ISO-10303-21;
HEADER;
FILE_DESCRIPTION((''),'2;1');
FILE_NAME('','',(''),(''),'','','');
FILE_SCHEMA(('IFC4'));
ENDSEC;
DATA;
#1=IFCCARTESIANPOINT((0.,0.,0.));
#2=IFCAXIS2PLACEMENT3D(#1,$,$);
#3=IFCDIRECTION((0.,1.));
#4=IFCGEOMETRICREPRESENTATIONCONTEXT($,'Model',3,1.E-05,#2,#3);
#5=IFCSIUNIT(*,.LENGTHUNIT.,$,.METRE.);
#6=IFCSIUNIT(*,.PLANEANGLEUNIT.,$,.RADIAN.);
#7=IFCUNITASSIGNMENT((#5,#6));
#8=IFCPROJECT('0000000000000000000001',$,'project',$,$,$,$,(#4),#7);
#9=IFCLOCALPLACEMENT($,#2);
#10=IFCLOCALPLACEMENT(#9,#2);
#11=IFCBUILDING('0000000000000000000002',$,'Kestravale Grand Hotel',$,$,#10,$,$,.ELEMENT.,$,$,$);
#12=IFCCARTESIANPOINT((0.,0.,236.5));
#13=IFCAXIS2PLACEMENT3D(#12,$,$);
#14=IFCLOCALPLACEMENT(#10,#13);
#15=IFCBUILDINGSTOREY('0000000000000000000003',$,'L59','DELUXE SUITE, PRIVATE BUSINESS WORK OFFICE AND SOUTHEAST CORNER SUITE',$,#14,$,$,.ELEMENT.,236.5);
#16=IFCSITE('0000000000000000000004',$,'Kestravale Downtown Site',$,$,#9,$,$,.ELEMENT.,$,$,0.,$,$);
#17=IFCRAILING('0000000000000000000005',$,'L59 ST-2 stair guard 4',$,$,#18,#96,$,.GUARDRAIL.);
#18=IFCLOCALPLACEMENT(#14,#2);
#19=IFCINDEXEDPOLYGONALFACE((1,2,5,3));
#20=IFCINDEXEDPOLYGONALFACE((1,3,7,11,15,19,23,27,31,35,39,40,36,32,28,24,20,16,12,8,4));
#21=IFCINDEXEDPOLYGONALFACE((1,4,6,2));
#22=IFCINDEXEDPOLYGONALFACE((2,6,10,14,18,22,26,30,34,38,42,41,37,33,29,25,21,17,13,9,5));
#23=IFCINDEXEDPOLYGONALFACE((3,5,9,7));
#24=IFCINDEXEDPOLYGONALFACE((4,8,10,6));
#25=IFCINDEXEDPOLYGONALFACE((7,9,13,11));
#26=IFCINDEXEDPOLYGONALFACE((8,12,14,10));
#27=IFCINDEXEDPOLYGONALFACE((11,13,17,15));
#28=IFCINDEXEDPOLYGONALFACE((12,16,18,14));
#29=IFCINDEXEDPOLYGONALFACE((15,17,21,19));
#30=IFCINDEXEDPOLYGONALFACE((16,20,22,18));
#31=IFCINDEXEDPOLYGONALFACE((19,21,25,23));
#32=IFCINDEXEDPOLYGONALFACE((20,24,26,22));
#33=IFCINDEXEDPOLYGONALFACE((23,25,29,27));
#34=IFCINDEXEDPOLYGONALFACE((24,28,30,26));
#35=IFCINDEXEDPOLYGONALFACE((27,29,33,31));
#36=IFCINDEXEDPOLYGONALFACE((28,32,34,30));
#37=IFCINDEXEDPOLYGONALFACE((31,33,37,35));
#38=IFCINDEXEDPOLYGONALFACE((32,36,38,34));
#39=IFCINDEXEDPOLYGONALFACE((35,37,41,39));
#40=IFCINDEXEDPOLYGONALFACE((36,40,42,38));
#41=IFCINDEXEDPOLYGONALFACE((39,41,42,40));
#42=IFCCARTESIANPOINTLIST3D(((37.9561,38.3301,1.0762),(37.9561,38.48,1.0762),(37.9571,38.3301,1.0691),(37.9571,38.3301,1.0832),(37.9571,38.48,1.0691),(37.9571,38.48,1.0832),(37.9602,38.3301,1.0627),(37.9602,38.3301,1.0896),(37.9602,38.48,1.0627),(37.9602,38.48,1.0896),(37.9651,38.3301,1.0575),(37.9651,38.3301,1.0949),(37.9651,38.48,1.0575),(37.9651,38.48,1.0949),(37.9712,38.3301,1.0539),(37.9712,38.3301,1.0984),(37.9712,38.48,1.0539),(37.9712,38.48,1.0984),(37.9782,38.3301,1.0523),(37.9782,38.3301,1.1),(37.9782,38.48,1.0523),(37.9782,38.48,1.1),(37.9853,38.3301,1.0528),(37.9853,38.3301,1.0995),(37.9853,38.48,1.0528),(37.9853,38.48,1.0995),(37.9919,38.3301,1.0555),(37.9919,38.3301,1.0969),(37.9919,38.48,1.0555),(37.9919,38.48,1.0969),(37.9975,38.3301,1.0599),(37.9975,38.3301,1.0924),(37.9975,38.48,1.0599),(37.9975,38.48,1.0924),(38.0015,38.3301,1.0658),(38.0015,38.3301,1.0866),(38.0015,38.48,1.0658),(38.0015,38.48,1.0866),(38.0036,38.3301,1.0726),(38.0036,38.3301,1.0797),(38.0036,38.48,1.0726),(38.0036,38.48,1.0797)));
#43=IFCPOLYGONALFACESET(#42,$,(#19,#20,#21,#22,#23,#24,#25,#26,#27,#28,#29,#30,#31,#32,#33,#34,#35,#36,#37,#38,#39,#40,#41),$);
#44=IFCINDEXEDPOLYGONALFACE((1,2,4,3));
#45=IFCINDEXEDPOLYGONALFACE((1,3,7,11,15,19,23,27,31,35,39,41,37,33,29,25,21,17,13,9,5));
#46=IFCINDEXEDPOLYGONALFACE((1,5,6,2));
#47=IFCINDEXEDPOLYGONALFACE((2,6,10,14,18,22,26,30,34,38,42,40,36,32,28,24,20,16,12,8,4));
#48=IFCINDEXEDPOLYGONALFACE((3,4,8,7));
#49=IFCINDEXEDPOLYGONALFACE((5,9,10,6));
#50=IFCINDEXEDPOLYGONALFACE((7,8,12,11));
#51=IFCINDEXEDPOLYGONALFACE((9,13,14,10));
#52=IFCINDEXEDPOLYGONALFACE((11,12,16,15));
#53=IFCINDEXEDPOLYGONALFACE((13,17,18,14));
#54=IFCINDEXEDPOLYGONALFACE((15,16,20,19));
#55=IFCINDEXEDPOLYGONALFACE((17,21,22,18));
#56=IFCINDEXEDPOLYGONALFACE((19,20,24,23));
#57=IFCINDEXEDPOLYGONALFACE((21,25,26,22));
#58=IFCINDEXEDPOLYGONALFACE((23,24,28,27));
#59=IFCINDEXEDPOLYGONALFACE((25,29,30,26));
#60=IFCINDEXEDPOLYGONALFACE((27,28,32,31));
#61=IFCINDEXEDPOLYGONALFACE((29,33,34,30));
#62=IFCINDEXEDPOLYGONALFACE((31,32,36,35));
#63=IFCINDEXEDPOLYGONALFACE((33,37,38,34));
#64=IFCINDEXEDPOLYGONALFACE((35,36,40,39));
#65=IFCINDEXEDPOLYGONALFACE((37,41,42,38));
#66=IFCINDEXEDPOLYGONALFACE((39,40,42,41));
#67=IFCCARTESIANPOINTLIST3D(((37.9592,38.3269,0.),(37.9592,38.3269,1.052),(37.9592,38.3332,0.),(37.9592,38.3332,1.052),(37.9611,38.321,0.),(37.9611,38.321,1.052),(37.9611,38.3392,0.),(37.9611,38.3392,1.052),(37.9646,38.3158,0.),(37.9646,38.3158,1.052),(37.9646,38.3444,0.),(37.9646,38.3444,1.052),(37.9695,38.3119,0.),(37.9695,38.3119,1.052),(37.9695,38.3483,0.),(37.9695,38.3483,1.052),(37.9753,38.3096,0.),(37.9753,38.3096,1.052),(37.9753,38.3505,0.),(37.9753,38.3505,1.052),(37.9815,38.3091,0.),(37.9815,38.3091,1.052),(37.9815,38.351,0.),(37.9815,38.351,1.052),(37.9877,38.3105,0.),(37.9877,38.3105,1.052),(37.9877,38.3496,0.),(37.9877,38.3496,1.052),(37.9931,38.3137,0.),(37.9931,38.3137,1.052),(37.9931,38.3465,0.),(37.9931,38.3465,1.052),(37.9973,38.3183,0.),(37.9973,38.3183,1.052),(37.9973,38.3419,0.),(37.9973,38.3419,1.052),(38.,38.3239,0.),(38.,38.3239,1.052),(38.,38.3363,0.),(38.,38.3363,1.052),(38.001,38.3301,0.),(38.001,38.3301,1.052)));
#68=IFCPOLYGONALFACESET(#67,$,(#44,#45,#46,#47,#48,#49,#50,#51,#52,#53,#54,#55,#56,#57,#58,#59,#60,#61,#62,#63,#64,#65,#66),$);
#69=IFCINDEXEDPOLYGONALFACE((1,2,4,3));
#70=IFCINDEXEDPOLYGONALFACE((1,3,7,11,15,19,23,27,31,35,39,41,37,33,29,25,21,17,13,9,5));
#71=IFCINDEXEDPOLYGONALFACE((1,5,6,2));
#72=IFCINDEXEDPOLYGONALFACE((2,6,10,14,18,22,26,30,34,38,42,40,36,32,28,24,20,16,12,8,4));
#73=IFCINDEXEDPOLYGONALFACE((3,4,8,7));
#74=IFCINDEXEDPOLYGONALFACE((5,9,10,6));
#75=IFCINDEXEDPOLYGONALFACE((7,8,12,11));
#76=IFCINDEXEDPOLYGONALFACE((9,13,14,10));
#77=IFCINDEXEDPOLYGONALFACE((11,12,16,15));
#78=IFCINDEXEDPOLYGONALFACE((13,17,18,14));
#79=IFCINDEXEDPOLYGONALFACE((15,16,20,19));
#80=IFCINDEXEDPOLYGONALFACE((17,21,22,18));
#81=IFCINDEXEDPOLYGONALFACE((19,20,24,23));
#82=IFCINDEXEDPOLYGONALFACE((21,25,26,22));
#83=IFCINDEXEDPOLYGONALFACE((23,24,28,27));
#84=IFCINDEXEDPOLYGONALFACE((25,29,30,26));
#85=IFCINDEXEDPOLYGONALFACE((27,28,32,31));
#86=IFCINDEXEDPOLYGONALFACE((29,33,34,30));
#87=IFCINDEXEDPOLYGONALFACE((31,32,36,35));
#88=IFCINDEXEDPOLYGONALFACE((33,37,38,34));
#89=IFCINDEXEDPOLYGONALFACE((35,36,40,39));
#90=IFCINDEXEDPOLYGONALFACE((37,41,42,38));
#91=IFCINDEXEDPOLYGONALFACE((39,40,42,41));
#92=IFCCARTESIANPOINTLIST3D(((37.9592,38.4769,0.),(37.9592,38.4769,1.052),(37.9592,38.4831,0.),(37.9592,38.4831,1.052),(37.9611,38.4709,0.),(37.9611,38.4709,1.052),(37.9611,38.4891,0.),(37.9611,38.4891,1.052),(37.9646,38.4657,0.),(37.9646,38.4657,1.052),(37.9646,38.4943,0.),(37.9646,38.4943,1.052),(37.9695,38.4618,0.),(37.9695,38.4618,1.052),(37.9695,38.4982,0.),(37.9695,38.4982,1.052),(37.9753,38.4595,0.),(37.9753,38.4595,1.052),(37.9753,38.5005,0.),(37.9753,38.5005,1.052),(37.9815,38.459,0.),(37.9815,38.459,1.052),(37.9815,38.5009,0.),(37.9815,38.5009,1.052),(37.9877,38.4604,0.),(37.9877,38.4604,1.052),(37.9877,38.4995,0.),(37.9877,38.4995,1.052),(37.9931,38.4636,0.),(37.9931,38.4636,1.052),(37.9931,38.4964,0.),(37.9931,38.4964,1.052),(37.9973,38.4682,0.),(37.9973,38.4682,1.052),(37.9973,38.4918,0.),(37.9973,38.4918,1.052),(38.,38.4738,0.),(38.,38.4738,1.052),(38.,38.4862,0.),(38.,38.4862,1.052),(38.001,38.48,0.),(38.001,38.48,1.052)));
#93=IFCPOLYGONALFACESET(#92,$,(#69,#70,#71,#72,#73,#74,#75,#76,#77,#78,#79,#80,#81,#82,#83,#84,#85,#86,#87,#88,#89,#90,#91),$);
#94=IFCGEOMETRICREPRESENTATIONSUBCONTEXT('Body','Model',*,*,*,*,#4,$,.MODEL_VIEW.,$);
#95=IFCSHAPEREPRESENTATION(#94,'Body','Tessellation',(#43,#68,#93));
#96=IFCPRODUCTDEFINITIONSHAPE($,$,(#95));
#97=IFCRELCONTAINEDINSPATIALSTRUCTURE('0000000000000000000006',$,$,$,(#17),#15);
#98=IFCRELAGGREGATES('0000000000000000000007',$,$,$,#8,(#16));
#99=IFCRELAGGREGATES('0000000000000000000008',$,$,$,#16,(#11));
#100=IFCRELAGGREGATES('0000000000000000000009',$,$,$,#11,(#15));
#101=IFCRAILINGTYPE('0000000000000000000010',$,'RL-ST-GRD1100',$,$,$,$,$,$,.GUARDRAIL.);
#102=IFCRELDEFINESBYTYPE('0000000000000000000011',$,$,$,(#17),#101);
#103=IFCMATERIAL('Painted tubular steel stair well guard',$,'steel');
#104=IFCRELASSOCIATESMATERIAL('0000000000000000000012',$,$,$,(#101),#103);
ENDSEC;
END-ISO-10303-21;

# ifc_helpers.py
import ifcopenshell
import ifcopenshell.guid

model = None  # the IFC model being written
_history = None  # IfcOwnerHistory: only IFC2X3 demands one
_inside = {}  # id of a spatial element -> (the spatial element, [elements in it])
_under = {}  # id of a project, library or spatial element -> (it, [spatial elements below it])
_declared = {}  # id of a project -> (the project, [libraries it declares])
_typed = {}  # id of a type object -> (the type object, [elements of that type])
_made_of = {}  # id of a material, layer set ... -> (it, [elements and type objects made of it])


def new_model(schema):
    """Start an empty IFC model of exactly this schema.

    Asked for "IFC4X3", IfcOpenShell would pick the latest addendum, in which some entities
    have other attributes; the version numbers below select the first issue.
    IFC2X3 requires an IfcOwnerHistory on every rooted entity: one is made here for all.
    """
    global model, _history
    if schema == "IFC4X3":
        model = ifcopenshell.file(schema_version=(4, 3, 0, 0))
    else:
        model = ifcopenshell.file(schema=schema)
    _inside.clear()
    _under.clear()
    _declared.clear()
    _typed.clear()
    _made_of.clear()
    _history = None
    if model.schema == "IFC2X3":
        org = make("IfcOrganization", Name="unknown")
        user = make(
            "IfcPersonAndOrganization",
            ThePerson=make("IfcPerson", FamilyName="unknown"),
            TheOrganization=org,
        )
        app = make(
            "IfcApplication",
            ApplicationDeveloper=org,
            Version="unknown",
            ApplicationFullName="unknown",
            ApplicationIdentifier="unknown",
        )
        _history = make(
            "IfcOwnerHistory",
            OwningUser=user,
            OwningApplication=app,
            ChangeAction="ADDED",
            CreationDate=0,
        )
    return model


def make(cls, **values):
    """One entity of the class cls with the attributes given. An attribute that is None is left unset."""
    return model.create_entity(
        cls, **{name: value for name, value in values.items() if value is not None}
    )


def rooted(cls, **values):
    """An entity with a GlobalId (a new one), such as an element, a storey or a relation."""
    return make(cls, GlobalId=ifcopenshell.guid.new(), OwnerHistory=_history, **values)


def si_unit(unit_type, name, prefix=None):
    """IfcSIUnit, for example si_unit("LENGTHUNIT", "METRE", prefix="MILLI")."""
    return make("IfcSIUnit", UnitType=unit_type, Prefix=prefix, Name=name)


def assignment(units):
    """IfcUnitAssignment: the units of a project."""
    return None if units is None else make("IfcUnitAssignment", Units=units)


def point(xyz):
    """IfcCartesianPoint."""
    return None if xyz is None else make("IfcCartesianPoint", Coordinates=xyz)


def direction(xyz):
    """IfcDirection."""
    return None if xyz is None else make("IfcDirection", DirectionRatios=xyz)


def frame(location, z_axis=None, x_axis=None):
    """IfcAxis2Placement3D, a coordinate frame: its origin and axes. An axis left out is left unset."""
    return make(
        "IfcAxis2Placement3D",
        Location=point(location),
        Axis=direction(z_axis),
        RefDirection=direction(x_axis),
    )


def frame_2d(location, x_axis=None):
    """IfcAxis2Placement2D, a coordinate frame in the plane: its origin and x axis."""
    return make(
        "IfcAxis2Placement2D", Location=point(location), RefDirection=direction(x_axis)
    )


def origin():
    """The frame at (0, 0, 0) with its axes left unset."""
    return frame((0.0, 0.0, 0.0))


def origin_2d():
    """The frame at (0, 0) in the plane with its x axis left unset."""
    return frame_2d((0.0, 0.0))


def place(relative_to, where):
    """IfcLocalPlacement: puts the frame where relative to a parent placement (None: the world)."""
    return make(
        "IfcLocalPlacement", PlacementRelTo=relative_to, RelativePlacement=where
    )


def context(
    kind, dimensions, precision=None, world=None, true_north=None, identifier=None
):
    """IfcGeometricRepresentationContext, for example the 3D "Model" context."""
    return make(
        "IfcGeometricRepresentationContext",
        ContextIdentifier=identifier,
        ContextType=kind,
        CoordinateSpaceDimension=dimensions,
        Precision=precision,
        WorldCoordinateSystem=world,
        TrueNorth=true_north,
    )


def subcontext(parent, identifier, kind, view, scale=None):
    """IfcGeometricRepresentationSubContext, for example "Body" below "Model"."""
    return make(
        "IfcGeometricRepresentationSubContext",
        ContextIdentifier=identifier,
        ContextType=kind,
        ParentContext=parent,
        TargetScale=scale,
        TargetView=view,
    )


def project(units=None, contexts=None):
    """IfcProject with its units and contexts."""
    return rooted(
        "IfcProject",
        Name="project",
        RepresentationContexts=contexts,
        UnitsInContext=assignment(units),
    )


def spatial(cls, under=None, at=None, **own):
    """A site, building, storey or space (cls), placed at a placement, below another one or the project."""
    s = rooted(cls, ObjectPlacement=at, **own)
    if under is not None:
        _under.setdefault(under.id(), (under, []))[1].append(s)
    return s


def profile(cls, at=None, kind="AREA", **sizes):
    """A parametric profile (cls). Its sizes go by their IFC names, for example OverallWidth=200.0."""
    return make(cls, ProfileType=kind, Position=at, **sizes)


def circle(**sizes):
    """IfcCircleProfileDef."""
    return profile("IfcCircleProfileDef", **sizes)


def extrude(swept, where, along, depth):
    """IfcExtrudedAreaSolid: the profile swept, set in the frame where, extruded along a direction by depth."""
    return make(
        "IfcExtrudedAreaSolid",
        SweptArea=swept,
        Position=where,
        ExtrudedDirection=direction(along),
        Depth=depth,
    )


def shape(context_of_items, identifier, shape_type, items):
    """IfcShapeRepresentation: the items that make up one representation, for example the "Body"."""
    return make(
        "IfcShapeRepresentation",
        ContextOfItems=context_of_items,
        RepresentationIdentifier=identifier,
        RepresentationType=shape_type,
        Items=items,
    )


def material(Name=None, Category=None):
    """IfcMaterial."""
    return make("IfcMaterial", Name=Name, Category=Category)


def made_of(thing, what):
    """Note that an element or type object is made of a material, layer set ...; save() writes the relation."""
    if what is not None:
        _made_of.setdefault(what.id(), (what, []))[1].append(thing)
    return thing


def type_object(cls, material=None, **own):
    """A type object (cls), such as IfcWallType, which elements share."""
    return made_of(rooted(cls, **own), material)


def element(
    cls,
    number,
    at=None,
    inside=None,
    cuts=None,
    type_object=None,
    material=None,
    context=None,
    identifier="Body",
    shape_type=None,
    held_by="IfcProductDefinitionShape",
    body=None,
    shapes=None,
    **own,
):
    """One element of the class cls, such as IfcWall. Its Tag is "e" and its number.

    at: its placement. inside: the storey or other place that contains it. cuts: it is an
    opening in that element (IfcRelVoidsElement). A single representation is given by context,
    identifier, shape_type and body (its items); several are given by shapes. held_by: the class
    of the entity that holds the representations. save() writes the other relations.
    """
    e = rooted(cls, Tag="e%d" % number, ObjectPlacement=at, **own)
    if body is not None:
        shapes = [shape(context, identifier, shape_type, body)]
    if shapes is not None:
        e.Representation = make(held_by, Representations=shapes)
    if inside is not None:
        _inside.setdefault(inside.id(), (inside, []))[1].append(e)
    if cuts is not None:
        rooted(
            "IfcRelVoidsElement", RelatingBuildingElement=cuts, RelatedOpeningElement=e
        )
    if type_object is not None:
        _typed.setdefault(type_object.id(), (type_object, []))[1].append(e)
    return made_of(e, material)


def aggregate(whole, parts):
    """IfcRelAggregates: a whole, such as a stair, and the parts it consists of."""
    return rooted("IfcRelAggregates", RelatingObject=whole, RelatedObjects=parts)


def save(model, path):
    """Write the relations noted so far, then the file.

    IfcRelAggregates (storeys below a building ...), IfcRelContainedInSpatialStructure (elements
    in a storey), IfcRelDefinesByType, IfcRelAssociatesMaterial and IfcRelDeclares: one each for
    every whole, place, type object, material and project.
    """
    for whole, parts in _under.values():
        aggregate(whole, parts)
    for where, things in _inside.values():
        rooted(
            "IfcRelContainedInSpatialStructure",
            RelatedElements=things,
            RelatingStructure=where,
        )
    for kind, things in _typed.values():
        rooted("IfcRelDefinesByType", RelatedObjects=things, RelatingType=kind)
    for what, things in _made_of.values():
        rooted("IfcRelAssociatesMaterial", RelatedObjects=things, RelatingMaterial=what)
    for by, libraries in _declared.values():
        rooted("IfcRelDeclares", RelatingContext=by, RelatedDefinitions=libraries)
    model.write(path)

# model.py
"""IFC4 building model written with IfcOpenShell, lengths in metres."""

from ifc_helpers import new_model, si_unit, direction, frame, origin, origin_2d, place, context, subcontext, project, spatial, circle, extrude, material, type_object, element, save


model = new_model("IFC4")

# Units and contexts
model_context = context("Model", 3, precision=1e-05, world=origin(), true_north=direction((0.0, 1.0)))
body_context = subcontext(model_context, "Body", "Model", "MODEL_VIEW")
ifc_project = project(units=[si_unit("LENGTHUNIT", "METRE"), si_unit("PLANEANGLEUNIT", "RADIAN")], contexts=[model_context])

# Site, building, storey
site_placement = place(None, origin())
site = spatial("IfcSite", under=ifc_project, at=site_placement, Name="Kestravale Downtown Site", CompositionType="ELEMENT", RefElevation=0.0)
building_placement = place(site_placement, origin())
building = spatial("IfcBuilding", under=site, at=building_placement, Name="Kestravale Grand Hotel", CompositionType="ELEMENT")
storey_placement = place(building_placement, frame((0.0, 0.0, 236.5)))
storey = spatial("IfcBuildingStorey", under=building, at=storey_placement, Name="L59", Description="DELUXE SUITE, PRIVATE BUSINESS WORK OFFICE AND SOUTHEAST CORNER SUITE", CompositionType="ELEMENT", Elevation=236.5)

# Railing
ifc_material_1 = material(Name="Painted tubular steel stair well guard", Category="steel")
railing_type_1 = type_object("IfcRailingType", Name="RL-ST-GRD1100", PredefinedType="GUARDRAIL", material=ifc_material_1)
railing_1_placement = place(storey_placement, frame((37.98, 38.3301, 0.0)))
element("IfcRailing", 1, at=railing_1_placement, inside=storey, type_object=railing_type_1, Name="L59 ST-2 stair guard 4", PredefinedType="GUARDRAIL", context=body_context, shape_type="SweptSolid", body=[
    extrude(circle(Radius=0.0239, at=origin_2d()), frame((0.0, 0.0, 1.0762), z_axis=(0.0, 1.0, 0.0), x_axis=(-1.0, 0.0, 0.0)), (0.0, 0.0, 1.0), 0.1499),
    extrude(circle(Radius=0.021, at=origin_2d()), origin(), (0.0, 0.0, 1.0), 1.052),
    extrude(circle(Radius=0.021, at=origin_2d()), frame((0.0, 0.1499, 0.0)), (0.0, 0.0, 1.0), 1.052),
])

save(model, "model.ifc")
